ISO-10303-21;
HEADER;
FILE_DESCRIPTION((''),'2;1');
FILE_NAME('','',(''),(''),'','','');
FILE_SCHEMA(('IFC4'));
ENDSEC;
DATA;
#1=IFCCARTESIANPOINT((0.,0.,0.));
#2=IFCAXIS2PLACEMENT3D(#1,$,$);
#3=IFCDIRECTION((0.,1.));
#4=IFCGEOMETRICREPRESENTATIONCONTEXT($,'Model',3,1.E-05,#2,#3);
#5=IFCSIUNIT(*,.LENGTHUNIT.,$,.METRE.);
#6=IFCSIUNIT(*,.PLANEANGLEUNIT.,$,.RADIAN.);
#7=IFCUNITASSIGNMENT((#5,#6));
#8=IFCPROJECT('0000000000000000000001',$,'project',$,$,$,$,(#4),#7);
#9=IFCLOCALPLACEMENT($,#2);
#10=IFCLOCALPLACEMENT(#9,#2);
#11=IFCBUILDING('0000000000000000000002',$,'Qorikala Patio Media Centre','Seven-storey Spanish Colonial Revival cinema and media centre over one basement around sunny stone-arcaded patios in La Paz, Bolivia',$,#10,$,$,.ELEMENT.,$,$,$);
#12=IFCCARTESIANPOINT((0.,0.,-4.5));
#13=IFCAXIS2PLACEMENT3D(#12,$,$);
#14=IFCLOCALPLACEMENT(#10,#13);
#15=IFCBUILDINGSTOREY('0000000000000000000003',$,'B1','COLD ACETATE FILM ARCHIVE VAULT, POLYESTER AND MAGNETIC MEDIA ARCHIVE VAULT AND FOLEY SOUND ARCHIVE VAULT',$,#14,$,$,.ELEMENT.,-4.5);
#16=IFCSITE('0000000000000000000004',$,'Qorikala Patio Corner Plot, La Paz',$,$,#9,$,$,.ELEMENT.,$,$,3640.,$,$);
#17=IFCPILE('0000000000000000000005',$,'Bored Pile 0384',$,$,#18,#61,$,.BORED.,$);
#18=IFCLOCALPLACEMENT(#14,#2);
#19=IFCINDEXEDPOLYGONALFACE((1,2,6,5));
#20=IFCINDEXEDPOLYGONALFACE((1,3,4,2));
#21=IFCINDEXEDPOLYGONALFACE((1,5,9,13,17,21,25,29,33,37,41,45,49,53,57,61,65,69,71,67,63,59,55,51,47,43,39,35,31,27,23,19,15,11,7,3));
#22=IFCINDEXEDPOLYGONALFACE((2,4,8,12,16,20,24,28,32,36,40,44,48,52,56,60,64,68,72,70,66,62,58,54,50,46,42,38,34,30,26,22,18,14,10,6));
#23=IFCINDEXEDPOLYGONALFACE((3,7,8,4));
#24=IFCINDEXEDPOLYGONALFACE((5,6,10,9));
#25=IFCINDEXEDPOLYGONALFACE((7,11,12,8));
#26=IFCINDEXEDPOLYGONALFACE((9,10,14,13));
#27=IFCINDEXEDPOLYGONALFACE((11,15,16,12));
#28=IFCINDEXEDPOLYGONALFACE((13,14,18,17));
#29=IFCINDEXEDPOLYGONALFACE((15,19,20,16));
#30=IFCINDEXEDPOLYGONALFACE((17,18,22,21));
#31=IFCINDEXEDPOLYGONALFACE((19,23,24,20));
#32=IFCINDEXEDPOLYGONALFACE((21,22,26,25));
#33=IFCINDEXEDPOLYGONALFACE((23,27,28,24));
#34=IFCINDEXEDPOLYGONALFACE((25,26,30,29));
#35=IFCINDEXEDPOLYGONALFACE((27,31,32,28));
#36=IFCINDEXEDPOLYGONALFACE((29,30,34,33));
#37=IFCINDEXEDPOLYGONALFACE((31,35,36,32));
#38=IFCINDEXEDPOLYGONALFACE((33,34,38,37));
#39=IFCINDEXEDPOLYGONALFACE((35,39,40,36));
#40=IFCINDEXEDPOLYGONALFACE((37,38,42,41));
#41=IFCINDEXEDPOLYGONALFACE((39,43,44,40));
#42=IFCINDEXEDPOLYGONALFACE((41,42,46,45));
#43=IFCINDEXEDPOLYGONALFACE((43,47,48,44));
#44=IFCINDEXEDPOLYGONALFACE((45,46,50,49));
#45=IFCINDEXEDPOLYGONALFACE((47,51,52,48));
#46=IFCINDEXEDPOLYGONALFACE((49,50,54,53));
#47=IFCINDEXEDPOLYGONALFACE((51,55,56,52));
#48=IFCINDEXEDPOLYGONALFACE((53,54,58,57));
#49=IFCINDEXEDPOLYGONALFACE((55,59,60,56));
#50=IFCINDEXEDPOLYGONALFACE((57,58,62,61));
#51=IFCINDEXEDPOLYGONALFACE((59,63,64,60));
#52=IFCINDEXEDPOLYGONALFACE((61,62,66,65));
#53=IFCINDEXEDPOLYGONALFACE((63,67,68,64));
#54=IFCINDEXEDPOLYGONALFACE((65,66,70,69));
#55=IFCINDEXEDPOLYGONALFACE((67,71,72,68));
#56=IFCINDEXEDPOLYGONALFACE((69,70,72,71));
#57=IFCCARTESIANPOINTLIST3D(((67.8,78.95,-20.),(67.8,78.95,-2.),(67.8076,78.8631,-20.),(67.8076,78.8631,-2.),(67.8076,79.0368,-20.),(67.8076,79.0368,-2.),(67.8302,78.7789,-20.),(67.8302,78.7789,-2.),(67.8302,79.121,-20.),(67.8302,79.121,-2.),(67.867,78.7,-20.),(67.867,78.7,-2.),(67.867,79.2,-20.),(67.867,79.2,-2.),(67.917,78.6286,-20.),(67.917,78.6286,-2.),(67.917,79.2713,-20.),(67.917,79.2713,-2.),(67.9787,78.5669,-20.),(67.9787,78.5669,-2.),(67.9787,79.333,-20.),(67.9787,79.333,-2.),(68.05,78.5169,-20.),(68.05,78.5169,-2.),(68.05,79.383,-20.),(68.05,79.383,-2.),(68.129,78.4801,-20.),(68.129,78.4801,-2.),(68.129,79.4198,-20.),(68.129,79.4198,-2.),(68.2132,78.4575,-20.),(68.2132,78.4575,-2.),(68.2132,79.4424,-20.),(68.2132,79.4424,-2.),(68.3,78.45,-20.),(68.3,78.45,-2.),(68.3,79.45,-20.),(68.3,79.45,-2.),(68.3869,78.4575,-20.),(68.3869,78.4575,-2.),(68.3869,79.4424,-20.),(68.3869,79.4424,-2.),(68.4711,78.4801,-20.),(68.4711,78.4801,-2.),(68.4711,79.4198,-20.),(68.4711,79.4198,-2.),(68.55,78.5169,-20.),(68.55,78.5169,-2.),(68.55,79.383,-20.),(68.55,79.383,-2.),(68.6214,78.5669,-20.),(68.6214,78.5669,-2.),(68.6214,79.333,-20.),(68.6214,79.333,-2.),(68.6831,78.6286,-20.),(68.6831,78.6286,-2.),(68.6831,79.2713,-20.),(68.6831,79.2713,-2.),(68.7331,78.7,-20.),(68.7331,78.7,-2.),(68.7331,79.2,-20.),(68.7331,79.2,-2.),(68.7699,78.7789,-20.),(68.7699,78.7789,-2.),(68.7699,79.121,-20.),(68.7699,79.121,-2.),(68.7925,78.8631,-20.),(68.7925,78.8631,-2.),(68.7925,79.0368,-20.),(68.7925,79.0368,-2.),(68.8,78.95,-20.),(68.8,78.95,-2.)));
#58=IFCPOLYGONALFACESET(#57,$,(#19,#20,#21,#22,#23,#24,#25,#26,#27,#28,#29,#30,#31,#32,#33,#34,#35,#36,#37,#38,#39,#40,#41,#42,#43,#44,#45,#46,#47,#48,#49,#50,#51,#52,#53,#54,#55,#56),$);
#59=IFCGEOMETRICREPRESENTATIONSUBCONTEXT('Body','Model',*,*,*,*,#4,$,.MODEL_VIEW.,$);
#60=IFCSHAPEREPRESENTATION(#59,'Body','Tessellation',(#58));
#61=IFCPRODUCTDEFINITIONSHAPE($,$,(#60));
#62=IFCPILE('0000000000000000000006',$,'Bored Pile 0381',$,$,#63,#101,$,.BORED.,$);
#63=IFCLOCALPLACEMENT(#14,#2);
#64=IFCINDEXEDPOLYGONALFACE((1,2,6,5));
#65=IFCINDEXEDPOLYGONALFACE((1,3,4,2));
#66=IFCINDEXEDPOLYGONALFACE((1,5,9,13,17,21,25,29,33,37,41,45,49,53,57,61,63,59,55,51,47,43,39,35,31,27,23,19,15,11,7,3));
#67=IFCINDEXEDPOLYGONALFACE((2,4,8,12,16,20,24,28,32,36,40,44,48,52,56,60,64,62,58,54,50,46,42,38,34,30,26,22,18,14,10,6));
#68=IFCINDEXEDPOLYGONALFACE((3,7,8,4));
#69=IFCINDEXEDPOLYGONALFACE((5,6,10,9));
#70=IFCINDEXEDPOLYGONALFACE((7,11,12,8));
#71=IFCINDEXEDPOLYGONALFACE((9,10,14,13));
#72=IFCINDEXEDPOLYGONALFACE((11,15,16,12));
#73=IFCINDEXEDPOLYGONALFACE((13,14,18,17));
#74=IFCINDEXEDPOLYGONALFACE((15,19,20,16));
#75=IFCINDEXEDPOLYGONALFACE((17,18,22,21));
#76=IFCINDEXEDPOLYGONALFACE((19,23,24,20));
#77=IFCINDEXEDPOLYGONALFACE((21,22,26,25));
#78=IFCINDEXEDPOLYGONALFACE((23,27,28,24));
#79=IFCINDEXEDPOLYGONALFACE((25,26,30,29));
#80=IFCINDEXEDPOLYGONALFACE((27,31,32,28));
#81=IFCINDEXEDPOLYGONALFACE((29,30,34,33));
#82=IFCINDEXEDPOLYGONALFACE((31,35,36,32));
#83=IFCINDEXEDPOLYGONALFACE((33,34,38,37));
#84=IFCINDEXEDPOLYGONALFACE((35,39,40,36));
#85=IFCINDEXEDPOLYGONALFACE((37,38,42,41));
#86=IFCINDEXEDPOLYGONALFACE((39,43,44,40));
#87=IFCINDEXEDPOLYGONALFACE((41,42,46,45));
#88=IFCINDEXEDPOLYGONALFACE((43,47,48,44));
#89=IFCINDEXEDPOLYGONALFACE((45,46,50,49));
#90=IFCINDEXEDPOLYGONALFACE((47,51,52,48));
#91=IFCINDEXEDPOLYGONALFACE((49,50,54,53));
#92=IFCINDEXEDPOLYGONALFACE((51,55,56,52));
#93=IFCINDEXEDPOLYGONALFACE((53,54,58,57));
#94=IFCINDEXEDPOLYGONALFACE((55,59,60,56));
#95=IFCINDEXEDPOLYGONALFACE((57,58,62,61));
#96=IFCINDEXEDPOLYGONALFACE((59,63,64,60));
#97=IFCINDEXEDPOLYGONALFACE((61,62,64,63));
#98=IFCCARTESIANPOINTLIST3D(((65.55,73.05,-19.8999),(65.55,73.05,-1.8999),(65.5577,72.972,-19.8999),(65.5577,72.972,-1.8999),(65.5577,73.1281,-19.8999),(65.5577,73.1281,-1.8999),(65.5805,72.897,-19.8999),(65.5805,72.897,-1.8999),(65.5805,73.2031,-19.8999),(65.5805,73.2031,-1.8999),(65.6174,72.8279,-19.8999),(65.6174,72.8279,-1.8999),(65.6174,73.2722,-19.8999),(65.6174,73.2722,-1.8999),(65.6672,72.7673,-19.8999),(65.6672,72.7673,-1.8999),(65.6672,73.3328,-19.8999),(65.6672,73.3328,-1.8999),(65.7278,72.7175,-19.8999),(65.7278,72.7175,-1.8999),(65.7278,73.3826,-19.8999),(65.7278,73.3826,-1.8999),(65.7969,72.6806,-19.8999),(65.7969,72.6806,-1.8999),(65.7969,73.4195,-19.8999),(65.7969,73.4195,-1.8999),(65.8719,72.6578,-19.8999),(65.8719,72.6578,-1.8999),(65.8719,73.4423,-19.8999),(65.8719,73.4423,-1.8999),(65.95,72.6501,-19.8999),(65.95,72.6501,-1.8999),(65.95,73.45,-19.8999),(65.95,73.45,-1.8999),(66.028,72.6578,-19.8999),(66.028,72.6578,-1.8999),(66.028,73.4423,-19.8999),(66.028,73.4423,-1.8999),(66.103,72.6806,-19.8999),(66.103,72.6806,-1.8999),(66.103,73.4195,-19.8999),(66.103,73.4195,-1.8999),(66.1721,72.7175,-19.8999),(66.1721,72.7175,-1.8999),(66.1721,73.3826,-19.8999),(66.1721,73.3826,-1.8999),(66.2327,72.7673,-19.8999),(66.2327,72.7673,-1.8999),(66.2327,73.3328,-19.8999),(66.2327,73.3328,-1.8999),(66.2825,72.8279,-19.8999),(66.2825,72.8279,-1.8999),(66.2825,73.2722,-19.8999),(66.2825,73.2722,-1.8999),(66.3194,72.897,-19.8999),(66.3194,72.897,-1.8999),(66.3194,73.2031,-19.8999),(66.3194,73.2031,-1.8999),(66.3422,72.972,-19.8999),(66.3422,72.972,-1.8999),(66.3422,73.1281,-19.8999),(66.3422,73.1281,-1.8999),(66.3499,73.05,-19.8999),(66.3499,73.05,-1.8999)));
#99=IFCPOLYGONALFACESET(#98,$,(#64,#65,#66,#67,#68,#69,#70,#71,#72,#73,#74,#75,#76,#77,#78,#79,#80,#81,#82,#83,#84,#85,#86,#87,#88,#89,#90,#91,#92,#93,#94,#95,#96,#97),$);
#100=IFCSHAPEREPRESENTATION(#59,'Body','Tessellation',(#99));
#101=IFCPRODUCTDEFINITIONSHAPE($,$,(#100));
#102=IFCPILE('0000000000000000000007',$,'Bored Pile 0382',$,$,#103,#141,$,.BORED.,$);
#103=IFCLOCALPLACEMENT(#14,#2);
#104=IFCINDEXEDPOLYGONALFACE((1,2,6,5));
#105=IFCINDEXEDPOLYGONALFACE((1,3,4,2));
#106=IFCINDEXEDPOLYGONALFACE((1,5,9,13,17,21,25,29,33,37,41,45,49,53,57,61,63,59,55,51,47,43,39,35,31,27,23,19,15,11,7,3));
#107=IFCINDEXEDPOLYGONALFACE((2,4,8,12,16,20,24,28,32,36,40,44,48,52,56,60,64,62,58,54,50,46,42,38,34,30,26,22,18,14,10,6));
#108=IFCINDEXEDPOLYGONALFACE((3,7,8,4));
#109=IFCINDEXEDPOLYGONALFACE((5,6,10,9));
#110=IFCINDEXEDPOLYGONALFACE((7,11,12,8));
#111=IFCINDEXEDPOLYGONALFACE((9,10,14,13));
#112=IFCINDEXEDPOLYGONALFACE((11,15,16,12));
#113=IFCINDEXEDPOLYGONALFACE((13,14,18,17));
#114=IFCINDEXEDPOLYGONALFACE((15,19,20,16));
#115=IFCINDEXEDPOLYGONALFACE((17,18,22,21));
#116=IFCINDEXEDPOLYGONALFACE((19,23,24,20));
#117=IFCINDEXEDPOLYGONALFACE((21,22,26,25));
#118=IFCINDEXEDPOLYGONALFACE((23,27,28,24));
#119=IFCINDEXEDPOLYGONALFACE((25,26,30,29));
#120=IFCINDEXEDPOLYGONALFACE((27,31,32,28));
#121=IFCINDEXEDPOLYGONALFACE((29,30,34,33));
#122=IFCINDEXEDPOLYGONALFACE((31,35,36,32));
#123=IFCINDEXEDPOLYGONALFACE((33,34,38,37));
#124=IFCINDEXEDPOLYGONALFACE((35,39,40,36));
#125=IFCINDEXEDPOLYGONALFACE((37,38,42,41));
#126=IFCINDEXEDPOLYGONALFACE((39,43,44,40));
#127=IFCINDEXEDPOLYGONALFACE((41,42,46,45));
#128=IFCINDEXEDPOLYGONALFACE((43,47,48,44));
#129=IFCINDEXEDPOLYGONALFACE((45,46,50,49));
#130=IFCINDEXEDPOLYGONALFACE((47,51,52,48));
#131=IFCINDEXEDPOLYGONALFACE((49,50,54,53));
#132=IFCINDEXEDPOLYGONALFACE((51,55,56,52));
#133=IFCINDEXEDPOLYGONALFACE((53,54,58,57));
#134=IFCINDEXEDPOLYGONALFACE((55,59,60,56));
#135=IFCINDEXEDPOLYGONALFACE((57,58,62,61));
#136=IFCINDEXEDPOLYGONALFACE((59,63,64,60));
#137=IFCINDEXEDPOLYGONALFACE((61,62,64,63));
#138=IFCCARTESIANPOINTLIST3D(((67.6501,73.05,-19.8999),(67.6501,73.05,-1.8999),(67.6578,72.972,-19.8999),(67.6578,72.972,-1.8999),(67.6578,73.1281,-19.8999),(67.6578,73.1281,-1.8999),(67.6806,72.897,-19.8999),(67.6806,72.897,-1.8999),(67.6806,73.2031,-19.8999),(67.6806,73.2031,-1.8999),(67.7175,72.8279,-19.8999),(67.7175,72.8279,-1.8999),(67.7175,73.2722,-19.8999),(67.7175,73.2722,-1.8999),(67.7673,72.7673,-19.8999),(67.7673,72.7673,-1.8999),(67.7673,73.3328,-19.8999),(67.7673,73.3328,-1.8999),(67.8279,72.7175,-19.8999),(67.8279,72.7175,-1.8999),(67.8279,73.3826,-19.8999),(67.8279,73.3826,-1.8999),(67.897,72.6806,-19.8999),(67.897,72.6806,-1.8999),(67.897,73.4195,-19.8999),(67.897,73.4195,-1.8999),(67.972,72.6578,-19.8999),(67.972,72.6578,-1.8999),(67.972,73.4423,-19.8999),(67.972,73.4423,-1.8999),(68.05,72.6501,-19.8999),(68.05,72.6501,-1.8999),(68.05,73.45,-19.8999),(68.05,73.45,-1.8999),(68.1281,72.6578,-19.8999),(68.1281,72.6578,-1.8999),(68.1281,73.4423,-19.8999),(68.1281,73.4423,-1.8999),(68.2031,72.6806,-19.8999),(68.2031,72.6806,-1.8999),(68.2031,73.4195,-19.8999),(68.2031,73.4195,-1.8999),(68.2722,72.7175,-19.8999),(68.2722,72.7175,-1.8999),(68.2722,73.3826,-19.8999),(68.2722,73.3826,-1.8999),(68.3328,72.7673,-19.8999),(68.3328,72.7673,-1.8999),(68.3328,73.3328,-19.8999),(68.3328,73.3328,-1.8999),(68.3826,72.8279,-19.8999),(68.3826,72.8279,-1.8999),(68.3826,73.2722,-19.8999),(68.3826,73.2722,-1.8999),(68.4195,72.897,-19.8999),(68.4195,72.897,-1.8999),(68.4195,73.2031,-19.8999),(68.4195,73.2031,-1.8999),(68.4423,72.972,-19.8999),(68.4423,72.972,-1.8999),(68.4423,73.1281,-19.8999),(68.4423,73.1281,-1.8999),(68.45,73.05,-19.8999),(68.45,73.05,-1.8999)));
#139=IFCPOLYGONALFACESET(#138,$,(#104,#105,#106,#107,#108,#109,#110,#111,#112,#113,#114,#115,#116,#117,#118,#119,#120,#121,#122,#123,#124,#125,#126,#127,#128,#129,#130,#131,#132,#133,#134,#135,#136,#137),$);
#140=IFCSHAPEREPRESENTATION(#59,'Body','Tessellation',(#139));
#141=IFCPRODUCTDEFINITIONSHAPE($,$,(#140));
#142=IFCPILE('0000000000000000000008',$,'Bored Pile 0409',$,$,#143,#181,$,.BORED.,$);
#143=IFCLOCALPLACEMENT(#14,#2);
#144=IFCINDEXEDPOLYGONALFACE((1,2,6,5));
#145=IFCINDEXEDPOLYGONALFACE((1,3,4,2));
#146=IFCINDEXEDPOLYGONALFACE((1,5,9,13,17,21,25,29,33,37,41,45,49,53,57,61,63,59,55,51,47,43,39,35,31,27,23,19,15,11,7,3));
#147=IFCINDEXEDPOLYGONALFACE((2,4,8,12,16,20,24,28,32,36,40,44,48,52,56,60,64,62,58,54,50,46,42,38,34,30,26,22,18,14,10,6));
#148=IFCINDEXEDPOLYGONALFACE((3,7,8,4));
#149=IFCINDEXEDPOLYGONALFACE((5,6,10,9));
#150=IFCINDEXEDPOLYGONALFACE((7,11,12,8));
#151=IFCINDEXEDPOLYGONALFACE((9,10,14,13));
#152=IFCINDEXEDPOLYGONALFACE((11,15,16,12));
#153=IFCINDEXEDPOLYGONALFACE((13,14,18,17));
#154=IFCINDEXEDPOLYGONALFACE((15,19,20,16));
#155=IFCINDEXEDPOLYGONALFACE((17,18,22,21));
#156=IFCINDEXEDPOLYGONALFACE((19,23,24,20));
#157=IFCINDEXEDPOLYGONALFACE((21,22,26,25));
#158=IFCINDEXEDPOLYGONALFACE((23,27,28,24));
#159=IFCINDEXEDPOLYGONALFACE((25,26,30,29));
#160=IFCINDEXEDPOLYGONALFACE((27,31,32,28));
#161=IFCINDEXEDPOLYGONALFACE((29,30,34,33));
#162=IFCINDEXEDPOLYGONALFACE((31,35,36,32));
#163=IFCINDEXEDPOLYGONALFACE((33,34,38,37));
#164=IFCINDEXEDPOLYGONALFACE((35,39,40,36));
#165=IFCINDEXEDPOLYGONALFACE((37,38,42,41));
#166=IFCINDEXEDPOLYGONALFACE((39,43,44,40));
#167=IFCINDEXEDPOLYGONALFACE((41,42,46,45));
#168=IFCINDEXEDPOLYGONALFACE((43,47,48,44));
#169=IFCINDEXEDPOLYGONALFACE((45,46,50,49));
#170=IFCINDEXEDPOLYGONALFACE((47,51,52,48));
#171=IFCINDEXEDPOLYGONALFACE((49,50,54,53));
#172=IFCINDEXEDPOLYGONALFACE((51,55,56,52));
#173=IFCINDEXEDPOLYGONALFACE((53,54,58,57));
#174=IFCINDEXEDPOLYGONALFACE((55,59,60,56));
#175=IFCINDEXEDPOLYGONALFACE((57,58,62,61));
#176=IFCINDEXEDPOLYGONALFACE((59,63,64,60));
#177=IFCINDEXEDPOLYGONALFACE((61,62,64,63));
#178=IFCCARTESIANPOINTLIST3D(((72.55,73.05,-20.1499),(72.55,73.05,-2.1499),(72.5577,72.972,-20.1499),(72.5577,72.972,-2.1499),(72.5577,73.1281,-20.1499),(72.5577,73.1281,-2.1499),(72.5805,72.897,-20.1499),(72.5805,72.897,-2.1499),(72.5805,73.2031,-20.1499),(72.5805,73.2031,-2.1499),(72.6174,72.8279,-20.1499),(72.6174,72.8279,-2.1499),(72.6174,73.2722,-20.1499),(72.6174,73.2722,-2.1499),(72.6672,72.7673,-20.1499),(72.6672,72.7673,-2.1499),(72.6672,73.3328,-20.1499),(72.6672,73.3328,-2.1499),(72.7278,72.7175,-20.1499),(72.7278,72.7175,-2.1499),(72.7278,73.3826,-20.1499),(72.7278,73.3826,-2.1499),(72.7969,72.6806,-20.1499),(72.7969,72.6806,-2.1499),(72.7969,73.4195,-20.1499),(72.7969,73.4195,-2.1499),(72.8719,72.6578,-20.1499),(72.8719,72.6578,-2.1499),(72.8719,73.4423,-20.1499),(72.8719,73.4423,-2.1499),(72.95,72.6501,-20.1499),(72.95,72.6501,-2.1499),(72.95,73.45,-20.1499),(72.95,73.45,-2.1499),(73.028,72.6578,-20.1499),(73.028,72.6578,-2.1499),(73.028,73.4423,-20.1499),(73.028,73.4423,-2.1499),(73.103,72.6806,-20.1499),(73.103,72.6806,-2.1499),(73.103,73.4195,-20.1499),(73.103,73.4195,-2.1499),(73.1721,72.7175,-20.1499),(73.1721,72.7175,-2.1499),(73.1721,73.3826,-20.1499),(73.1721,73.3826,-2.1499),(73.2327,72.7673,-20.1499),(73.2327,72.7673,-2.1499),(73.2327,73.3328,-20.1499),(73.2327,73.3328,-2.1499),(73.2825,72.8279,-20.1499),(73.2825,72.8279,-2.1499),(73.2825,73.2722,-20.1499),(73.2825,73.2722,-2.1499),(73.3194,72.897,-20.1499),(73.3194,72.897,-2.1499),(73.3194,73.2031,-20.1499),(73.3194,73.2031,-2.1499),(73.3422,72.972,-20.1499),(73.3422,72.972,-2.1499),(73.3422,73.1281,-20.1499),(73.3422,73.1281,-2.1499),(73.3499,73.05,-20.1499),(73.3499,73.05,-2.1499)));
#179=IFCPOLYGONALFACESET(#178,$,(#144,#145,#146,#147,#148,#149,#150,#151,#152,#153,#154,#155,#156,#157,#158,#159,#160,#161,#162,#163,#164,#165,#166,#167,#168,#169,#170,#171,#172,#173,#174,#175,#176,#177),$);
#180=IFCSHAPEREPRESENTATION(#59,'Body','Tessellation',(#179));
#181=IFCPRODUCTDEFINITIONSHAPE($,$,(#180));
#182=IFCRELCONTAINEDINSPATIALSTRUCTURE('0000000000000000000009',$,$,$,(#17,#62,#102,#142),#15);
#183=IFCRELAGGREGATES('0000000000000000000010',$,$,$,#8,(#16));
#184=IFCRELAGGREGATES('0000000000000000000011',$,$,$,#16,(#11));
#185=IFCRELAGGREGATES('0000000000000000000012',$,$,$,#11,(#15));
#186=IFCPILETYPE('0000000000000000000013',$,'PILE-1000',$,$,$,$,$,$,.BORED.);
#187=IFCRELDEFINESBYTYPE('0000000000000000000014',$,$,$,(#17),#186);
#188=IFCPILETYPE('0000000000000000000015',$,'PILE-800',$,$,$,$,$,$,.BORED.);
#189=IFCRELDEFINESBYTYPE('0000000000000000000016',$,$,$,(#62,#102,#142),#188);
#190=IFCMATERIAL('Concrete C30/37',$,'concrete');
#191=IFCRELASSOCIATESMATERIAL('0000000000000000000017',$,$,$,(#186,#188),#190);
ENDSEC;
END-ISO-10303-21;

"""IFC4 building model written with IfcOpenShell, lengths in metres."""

from ifc_helpers import new_model, si_unit, direction, frame, origin, origin_2d, place, context, subcontext, project, spatial, circle, extrude, material, material_profile, profile_set, type_object, element, save


model = new_model("IFC4")

# Units and contexts
model_context = context("Model", 3, precision=1e-05, world=origin(), true_north=direction((0.0, 1.0)))
body_context = subcontext(model_context, "Body", "Model", "MODEL_VIEW")
ifc_project = project(units=[si_unit("LENGTHUNIT", "METRE"), si_unit("PLANEANGLEUNIT", "RADIAN")], contexts=[model_context])

# Site, building, storey
site_placement = place(None, origin())
site = spatial("IfcSite", under=ifc_project, at=site_placement, Name="Qorikala Patio Corner Plot, La Paz", CompositionType="ELEMENT", RefElevation=3640.0)
building_placement = place(site_placement, origin())
building = spatial("IfcBuilding", under=site, at=building_placement, Name="Qorikala Patio Media Centre", Description="Seven-storey Spanish Colonial Revival cinema and media centre over one basement around sunny stone-arcaded patios in La Paz, Bolivia", CompositionType="ELEMENT")
storey_placement = place(building_placement, frame((0.0, 0.0, -4.5)))
storey = spatial("IfcBuildingStorey", under=building, at=storey_placement, Name="B1", Description="COLD ACETATE FILM ARCHIVE VAULT, POLYESTER AND MAGNETIC MEDIA ARCHIVE VAULT AND FOLEY SOUND ARCHIVE VAULT", CompositionType="ELEMENT", Elevation=-4.5)

# Shared definitions
ifc_material_1 = material(Name="Concrete C30/37", Category="concrete")

# Piles
ifc_material_profile_1 = material_profile(ifc_material_1, circle(Radius=0.5, at=origin_2d()), Name="BORED PILE 1000")
ifc_profile_set_1 = profile_set([ifc_material_profile_1], Name="Concrete C30/37")
pile_type_1 = type_object("IfcPileType", Name="PILE-1000", PredefinedType="BORED", material=ifc_profile_set_1)
for number, where, z_axis, x_axis, name in (
    (1, (68.3, 78.95, -2.0), (0.0, 0.0, -1.0), (1.0, 0.0, 0.0), "Bored Pile 0384"),
):
    element("IfcPile", number, at=place(storey_placement, frame(where, z_axis=z_axis, x_axis=x_axis)), inside=storey, type_object=pile_type_1, Name=name, PredefinedType="BORED", context=body_context, shape_type="SweptSolid", body=[
        extrude(circle(Radius=0.5, at=origin_2d()), origin(), (0.0, 0.0, 1.0), 18.0),
    ])
ifc_material_profile_2 = material_profile(ifc_material_1, circle(Radius=0.3999, at=origin_2d()), Name="BORED PILE 800")
ifc_profile_set_2 = profile_set([ifc_material_profile_2], Name="Concrete C30/37")
pile_type_2 = type_object("IfcPileType", Name="PILE-800", PredefinedType="BORED", material=ifc_profile_set_2)
for number, where, z_axis, x_axis, name in (
    (2, (65.95, 73.05, -1.8999), (0.0, 0.0, -1.0), (1.0, 0.0, 0.0), "Bored Pile 0381"),
    (3, (68.05, 73.05, -1.8999), (0.0, 0.0, -1.0), (1.0, 0.0, 0.0), "Bored Pile 0382"),
    (4, (72.95, 73.05, -2.1499), (0.0, 0.0, -1.0), (1.0, 0.0, 0.0), "Bored Pile 0409"),
):
    element("IfcPile", number, at=place(storey_placement, frame(where, z_axis=z_axis, x_axis=x_axis)), inside=storey, type_object=pile_type_2, Name=name, PredefinedType="BORED", context=body_context, shape_type="SweptSolid", body=[
        extrude(circle(Radius=0.3999, at=origin_2d()), origin(), (0.0, 0.0, 1.0), 18.0),
    ])

save(model, "model.ifc")
